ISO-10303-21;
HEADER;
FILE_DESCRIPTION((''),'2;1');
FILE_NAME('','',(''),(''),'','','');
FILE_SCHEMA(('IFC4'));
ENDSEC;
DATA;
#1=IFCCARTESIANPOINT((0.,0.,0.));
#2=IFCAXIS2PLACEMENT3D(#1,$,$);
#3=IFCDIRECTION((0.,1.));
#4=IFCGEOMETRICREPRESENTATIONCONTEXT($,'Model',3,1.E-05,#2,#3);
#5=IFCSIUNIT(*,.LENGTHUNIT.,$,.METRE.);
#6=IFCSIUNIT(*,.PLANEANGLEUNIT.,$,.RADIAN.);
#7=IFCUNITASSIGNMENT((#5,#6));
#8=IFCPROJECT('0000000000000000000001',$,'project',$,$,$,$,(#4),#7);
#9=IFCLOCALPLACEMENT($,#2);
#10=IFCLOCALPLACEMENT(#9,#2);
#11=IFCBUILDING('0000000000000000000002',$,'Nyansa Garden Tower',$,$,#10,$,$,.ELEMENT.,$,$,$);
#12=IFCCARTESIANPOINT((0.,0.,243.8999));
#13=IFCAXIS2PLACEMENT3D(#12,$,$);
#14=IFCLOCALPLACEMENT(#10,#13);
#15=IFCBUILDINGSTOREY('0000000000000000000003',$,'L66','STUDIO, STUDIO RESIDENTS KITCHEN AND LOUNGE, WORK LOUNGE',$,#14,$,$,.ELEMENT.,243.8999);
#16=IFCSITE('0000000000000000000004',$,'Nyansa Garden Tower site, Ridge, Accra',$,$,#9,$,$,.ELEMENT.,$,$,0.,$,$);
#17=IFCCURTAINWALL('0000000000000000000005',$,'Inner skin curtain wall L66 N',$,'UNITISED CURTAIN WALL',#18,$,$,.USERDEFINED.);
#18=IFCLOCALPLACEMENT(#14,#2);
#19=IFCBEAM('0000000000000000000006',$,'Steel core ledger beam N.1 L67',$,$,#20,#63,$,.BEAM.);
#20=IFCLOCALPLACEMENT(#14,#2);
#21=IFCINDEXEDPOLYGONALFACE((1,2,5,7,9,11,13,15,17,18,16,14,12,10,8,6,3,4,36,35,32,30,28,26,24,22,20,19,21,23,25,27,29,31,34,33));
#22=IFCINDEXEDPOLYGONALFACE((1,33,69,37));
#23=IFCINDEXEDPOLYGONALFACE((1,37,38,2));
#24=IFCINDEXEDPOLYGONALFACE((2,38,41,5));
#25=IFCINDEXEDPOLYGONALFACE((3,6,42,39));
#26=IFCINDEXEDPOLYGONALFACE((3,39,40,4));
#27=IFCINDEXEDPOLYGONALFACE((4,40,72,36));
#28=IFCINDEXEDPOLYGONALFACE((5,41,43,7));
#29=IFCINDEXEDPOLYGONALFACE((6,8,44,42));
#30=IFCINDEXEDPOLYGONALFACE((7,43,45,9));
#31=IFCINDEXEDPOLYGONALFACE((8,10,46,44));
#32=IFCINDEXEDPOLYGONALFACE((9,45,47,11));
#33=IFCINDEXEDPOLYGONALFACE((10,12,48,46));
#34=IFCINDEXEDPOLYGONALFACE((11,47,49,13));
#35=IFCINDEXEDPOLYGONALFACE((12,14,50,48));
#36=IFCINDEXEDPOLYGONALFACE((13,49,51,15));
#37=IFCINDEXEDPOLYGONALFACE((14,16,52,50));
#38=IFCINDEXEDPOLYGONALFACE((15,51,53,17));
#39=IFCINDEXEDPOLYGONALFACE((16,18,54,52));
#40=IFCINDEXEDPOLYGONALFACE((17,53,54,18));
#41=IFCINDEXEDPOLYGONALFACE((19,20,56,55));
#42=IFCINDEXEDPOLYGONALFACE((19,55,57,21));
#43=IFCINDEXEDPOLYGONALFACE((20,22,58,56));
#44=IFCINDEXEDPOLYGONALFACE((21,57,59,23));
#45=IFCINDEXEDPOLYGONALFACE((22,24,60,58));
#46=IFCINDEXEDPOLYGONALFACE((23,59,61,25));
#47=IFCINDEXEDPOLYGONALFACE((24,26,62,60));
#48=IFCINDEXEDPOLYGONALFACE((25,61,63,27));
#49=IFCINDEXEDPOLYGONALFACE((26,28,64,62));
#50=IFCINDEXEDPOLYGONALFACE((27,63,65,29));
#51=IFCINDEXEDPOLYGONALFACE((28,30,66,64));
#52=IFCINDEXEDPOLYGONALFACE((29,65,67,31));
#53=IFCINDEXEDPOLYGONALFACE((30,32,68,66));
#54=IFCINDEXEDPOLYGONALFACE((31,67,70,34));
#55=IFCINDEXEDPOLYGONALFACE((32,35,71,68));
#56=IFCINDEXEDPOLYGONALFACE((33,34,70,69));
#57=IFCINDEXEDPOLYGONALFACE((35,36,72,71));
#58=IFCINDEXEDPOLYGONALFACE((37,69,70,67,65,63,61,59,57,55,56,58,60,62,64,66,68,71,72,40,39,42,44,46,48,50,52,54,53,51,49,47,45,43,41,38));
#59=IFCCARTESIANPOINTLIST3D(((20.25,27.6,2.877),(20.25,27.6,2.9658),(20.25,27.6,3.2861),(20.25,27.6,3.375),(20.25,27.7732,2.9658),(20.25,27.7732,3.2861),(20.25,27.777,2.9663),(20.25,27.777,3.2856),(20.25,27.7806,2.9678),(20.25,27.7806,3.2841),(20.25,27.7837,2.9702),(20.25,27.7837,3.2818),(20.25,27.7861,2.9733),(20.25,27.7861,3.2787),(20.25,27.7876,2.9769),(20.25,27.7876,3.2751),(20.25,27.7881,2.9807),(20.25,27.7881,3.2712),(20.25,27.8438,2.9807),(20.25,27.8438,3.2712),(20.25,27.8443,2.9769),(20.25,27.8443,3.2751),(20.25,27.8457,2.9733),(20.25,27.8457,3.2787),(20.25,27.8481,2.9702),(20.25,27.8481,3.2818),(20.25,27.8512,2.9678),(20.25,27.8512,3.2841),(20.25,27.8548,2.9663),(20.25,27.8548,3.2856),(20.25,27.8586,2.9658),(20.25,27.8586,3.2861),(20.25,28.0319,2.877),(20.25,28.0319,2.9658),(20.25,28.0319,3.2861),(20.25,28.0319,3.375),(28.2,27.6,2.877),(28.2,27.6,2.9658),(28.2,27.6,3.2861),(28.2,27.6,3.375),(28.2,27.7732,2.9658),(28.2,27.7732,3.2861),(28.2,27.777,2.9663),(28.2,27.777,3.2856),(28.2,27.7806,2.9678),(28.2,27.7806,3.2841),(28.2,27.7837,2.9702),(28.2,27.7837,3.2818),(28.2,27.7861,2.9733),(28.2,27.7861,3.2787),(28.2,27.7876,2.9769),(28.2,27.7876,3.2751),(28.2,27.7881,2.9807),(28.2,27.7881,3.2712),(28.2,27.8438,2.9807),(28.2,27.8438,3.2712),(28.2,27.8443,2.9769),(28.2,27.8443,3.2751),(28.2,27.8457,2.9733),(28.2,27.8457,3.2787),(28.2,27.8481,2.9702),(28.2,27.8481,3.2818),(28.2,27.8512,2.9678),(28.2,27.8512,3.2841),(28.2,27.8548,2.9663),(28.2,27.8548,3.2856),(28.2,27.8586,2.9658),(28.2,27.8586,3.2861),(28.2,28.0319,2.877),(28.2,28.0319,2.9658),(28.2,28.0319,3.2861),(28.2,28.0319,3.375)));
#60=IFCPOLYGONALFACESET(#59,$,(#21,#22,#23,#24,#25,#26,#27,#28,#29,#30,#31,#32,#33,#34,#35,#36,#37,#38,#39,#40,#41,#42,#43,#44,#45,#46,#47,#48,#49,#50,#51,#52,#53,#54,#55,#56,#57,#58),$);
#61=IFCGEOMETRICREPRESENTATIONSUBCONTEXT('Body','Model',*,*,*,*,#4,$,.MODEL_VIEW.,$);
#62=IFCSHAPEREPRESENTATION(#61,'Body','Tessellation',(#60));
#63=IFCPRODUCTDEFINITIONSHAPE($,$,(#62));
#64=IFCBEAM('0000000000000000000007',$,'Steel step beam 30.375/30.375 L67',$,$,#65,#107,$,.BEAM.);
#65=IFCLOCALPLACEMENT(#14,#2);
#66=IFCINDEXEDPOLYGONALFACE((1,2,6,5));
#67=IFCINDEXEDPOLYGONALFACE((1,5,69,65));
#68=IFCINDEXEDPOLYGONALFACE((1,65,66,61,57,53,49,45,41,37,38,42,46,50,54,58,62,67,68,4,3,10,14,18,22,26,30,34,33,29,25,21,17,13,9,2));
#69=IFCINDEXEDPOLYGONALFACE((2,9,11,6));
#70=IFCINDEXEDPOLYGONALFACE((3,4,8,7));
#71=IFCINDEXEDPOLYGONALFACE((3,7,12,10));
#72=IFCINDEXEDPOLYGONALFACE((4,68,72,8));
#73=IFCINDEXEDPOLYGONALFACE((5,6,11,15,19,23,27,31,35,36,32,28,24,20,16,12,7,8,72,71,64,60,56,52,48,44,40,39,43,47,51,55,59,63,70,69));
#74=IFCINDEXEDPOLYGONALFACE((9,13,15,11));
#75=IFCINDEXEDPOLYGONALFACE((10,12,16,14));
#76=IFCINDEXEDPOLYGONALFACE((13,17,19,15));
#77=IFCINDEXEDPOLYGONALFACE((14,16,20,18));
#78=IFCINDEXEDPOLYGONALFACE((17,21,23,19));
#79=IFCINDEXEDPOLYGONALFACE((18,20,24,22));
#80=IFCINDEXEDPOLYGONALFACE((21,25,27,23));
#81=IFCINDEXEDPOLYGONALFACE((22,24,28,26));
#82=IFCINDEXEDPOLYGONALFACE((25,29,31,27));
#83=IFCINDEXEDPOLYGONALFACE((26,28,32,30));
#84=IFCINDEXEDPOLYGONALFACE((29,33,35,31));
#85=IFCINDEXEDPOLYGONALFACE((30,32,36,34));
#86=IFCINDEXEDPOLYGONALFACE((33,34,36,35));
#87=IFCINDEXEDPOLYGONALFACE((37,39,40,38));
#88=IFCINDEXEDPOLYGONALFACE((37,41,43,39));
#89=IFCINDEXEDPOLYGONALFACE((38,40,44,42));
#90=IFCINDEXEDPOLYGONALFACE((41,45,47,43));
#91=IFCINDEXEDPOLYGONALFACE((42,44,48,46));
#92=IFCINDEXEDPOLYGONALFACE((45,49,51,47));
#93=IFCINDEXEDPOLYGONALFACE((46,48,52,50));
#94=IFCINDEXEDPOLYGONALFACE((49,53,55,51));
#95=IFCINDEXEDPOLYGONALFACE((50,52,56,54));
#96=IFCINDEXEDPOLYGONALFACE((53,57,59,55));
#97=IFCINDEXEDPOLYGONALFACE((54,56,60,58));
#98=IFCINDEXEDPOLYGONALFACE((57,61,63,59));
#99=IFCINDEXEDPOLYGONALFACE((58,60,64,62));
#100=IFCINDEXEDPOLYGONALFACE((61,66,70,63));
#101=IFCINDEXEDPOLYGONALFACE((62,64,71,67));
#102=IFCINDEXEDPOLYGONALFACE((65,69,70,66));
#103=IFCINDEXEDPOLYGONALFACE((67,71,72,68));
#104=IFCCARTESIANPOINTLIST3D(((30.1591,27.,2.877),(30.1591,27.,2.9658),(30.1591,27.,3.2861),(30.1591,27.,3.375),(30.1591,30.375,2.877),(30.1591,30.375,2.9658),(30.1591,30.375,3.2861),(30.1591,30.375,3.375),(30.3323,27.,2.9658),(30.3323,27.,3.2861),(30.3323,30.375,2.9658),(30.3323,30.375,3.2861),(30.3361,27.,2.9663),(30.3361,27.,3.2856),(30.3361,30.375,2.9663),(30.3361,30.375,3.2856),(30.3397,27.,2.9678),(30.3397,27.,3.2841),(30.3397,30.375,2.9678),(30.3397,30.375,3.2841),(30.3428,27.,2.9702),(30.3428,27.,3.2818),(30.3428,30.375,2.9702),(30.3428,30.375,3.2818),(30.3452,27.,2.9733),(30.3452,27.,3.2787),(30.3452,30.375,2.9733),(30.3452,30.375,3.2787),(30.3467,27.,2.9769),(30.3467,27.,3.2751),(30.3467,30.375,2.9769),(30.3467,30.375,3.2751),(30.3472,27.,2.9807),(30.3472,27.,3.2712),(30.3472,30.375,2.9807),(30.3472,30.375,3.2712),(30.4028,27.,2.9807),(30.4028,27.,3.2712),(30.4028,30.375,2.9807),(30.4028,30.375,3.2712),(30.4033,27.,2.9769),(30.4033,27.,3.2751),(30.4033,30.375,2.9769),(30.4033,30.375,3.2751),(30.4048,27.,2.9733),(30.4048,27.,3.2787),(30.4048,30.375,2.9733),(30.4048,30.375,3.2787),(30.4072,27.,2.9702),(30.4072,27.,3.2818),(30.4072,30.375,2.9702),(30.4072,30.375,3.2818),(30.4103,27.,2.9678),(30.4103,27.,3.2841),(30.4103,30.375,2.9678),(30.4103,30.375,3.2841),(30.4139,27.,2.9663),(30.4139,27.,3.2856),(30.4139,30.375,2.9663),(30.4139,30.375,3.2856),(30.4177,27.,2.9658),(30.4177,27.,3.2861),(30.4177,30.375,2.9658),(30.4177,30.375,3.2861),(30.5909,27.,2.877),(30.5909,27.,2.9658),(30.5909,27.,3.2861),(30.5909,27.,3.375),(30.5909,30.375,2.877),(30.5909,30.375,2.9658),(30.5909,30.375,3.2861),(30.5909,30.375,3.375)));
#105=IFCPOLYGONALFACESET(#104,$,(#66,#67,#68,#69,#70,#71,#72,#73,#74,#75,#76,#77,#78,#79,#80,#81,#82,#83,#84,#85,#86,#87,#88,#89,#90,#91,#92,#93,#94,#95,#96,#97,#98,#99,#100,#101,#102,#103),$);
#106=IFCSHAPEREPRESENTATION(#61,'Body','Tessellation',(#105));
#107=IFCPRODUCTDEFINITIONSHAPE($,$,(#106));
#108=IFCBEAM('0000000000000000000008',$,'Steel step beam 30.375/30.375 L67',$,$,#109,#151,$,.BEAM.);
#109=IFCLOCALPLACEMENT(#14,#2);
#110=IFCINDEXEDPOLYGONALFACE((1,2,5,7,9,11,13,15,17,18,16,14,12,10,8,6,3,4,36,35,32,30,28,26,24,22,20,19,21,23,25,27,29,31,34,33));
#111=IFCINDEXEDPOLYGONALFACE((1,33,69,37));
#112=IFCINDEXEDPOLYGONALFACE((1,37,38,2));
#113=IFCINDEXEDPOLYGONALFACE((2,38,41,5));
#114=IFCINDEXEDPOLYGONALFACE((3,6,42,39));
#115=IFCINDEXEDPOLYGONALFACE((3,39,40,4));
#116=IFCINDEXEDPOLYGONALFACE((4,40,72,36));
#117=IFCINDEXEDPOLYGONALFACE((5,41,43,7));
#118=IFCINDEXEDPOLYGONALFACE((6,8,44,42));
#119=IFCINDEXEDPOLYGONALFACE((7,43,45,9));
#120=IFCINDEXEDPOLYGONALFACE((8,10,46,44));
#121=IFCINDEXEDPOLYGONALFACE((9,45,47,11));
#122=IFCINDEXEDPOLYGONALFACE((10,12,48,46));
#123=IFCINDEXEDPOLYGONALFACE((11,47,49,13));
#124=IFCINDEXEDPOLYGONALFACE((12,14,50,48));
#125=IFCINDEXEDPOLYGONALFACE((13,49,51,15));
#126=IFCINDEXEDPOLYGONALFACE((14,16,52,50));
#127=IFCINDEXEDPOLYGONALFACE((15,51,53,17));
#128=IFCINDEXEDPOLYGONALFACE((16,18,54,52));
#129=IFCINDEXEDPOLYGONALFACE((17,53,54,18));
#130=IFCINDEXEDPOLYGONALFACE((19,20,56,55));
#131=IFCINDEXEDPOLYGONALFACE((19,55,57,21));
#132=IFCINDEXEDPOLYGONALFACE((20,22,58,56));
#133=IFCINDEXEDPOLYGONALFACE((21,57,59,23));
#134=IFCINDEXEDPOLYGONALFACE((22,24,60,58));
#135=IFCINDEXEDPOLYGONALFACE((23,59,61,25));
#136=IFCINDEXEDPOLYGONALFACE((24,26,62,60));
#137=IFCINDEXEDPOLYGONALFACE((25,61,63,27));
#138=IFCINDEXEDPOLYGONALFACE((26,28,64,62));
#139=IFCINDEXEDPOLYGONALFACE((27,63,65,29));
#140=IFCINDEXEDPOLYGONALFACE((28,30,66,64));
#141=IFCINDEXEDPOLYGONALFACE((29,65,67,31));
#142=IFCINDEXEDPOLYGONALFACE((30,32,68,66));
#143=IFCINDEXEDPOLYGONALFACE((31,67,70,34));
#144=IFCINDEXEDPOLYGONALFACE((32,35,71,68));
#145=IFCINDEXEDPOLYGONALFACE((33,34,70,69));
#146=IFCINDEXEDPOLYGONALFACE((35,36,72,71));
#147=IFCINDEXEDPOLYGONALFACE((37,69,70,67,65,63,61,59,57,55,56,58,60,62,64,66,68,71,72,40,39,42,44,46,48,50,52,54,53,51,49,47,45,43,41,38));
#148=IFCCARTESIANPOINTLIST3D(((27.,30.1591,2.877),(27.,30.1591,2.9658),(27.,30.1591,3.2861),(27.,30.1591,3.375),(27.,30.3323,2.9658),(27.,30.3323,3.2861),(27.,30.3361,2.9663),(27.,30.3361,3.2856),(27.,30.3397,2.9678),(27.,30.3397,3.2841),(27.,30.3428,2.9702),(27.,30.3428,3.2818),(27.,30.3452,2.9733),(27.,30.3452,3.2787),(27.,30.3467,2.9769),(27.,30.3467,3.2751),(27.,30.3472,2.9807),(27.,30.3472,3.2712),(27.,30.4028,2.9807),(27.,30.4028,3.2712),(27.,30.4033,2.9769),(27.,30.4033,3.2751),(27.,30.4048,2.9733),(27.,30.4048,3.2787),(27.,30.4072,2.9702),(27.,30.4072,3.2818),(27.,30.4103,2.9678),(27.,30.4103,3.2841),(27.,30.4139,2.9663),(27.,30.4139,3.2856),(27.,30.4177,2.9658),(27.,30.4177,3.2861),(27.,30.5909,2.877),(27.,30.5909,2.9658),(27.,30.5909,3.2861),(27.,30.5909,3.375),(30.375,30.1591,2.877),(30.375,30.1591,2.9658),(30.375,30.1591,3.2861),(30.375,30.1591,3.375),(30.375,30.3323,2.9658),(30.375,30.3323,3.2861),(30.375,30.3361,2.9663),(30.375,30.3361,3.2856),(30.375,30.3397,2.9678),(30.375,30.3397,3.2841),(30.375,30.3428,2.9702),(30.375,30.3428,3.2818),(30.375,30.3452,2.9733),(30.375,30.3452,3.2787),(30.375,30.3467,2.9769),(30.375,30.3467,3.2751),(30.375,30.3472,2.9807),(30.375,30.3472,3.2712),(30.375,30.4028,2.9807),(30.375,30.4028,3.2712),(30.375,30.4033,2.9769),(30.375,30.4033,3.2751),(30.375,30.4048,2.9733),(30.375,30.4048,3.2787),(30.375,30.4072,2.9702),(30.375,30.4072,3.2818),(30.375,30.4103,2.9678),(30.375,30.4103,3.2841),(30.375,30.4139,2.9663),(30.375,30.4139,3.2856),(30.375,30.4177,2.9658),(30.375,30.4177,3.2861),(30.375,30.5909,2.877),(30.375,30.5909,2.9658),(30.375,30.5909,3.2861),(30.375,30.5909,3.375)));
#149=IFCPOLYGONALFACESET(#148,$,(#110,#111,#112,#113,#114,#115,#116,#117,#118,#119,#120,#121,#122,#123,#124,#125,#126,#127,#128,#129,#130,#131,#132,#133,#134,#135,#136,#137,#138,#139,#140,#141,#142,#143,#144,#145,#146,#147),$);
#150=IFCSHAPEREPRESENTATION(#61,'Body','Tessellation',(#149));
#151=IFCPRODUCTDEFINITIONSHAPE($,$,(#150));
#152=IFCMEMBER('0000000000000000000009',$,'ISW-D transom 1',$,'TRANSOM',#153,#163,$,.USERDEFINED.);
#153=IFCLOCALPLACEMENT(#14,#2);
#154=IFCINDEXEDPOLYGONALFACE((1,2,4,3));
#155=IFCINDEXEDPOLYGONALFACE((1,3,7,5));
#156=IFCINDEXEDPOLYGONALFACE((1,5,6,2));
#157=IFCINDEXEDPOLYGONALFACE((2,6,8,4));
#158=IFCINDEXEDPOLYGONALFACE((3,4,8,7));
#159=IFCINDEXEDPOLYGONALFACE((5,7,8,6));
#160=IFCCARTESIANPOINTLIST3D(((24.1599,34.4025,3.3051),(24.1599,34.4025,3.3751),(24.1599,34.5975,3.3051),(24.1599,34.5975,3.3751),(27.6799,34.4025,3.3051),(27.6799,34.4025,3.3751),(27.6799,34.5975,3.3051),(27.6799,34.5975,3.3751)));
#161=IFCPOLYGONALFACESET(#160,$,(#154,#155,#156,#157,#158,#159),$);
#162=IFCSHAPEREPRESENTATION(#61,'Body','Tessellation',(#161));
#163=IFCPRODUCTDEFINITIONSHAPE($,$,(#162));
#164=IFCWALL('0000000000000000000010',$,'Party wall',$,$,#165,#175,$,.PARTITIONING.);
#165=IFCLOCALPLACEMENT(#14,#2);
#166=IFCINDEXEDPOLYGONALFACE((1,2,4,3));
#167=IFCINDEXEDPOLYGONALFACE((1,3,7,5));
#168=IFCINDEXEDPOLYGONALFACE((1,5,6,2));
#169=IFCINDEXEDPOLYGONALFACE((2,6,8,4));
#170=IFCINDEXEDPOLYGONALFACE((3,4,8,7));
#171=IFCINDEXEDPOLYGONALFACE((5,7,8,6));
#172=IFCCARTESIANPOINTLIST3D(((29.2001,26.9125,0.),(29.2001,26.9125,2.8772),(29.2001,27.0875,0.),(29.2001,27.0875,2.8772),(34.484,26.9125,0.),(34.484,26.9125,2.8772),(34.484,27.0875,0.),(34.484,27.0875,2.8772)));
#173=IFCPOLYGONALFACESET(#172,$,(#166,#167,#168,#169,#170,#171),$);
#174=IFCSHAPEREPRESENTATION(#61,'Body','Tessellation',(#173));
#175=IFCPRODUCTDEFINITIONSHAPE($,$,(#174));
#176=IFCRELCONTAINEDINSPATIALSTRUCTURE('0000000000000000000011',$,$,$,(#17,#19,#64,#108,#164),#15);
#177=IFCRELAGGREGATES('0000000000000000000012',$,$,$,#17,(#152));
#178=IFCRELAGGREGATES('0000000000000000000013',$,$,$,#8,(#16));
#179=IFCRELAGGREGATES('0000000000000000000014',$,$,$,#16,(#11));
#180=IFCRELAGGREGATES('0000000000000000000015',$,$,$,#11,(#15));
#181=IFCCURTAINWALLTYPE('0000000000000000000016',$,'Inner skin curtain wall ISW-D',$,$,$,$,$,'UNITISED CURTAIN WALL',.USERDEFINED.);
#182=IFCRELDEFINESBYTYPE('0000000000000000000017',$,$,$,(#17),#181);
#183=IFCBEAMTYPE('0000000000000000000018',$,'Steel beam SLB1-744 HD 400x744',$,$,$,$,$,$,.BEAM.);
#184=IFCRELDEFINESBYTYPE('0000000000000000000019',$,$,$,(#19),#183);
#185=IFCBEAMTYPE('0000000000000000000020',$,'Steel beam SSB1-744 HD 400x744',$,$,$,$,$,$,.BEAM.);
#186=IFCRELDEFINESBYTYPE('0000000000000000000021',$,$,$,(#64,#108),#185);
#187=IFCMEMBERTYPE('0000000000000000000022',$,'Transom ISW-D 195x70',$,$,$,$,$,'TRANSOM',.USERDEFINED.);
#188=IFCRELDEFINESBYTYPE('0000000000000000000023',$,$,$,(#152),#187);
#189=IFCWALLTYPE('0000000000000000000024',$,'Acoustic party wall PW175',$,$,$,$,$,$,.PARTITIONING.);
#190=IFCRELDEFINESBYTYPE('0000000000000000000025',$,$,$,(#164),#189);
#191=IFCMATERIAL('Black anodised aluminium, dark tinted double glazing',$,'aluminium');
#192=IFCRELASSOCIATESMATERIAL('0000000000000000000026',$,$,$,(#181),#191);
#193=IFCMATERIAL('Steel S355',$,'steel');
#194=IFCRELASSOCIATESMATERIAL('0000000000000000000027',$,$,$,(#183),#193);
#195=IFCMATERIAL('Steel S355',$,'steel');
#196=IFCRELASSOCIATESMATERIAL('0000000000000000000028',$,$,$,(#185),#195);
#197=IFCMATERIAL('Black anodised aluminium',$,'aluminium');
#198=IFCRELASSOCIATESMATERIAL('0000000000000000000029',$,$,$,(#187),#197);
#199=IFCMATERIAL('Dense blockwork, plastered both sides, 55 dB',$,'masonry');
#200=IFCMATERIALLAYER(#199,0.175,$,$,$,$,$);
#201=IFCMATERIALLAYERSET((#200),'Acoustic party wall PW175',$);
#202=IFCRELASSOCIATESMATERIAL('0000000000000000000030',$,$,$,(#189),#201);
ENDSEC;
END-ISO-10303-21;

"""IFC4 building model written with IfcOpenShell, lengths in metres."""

from ifc_helpers import new_model, si_unit, direction, frame, frame_2d, origin, origin_2d, place, context, subcontext, project, spatial, rectangle, i_section, extrude, material, layer, layer_set, material_profile, profile_set, type_object, element, aggregate, save


model = new_model("IFC4")

# Units and contexts
model_context = context("Model", 3, precision=1e-05, world=origin(), true_north=direction((0.0, 1.0)))
body_context = subcontext(model_context, "Body", "Model", "MODEL_VIEW")
ifc_project = project(units=[si_unit("LENGTHUNIT", "METRE"), si_unit("PLANEANGLEUNIT", "RADIAN")], contexts=[model_context])

# Site, building, storey
site_placement = place(None, origin())
site = spatial("IfcSite", under=ifc_project, at=site_placement, Name="Nyansa Garden Tower site, Ridge, Accra", CompositionType="ELEMENT", RefElevation=0.0)
building_placement = place(site_placement, origin())
building = spatial("IfcBuilding", under=site, at=building_placement, Name="Nyansa Garden Tower", CompositionType="ELEMENT")
storey_placement = place(building_placement, frame((0.0, 0.0, 243.8999)))
storey = spatial("IfcBuildingStorey", under=building, at=storey_placement, Name="L66", Description="STUDIO, STUDIO RESIDENTS KITCHEN AND LOUNGE, WORK LOUNGE", CompositionType="ELEMENT", Elevation=243.8999)

# Curtain wall
ifc_material_1 = material(Name="Black anodised aluminium, dark tinted double glazing", Category="aluminium")
curtain_wall_type = type_object("IfcCurtainWallType", Name="Inner skin curtain wall ISW-D", ElementType="UNITISED CURTAIN WALL", PredefinedType="USERDEFINED", material=ifc_material_1)
curtain_wall_1_placement = place(storey_placement, origin())
curtain_wall_1 = element("IfcCurtainWall", 1, at=curtain_wall_1_placement, inside=storey, type_object=curtain_wall_type, Name="Inner skin curtain wall L66 N", ObjectType="UNITISED CURTAIN WALL", PredefinedType="USERDEFINED")

# Beams
ifc_material_2 = material(Name="Steel S355", Category="steel")
ifc_material_profile_1 = material_profile(ifc_material_2, i_section(OverallWidth=0.4319, OverallDepth=0.498, WebThickness=0.0557, FlangeThickness=0.0889, FilletRadius=0.0149, at=origin_2d()), Name="HD 400x744")
ifc_profile_set_1 = profile_set([ifc_material_profile_1], Name="Steel S355")
beam_type_1 = type_object("IfcBeamType", Name="Steel beam SLB1-744 HD 400x744", PredefinedType="BEAM", material=ifc_profile_set_1)
beam_1_placement = place(storey_placement, frame((28.2, 27.8159, 3.126), z_axis=(-1.0, 0.0, 0.0), x_axis=(0.0, -1.0, 0.0)))
element("IfcBeam", 2, at=beam_1_placement, inside=storey, type_object=beam_type_1, Name="Steel core ledger beam N.1 L67", PredefinedType="BEAM", context=body_context, shape_type="SweptSolid", body=[
    extrude(i_section(OverallWidth=0.4319, OverallDepth=0.498, WebThickness=0.0557, FlangeThickness=0.0889, FilletRadius=0.0149, at=origin_2d()), origin(), (0.0, 0.0, 1.0), 7.95),
])
ifc_material_3 = material(Name="Steel S355", Category="steel")
ifc_material_profile_2 = material_profile(ifc_material_3, i_section(OverallWidth=0.4319, OverallDepth=0.498, WebThickness=0.0557, FlangeThickness=0.0889, FilletRadius=0.0149, at=origin_2d()), Name="HD 400x744")
ifc_profile_set_2 = profile_set([ifc_material_profile_2], Name="Steel S355")
beam_type_2 = type_object("IfcBeamType", Name="Steel beam SSB1-744 HD 400x744", PredefinedType="BEAM", material=ifc_profile_set_2)
for number, where, z_axis, x_axis, name in (
    (3, (30.375, 30.375, 3.126), (0.0, -1.0, 0.0), (1.0, 0.0, 0.0), "Steel step beam 30.375/30.375 L67"),
    (4, (30.375, 30.375, 3.126), (-1.0, 0.0, 0.0), (0.0, -1.0, 0.0), "Steel step beam 30.375/30.375 L67"),
):
    element("IfcBeam", number, at=place(storey_placement, frame(where, z_axis=z_axis, x_axis=x_axis)), inside=storey, type_object=beam_type_2, Name=name, PredefinedType="BEAM", context=body_context, shape_type="SweptSolid", body=[
        extrude(i_section(OverallWidth=0.4319, OverallDepth=0.498, WebThickness=0.0557, FlangeThickness=0.0889, FilletRadius=0.0149, at=origin_2d()), origin(), (0.0, 0.0, 1.0), 3.375),
    ])

# Member
ifc_material_4 = material(Name="Black anodised aluminium", Category="aluminium")
ifc_material_profile_3 = material_profile(ifc_material_4, rectangle(XDim=0.1951, YDim=0.0701, at=origin_2d()), Name="Transom 195x70")
ifc_profile_set_3 = profile_set([ifc_material_profile_3], Name="Black anodised aluminium")
member_type_1 = type_object("IfcMemberType", Name="Transom ISW-D 195x70", ElementType="TRANSOM", PredefinedType="USERDEFINED", material=ifc_profile_set_3)
member_1_placement = place(storey_placement, frame((27.6799, 34.5, 3.3401), z_axis=(-1.0, 0.0, 0.0), x_axis=(0.0, -1.0, 0.0)))
member_1 = element("IfcMember", 5, at=member_1_placement, type_object=member_type_1, Name="ISW-D transom 1", ObjectType="TRANSOM", PredefinedType="USERDEFINED", context=body_context, shape_type="SweptSolid", body=[
    extrude(rectangle(XDim=0.1951, YDim=0.0701, at=origin_2d()), origin(), (0.0, 0.0, 1.0), 3.52),
])
aggregate(curtain_wall_1, [member_1])

# Wall
ifc_material_5 = material(Name="Dense blockwork, plastered both sides, 55 dB", Category="masonry")
ifc_layer_1 = layer(ifc_material_5, 0.175)
ifc_layer_set_1 = layer_set([ifc_layer_1], Name="Acoustic party wall PW175")
wall_type_1 = type_object("IfcWallType", Name="Acoustic party wall PW175", PredefinedType="PARTITIONING", material=ifc_layer_set_1)
wall_1_placement = place(storey_placement, frame((29.2, 27.0, 0.0), z_axis=(0.0, 0.0, 1.0), x_axis=(1.0, 0.0, 0.0)))
element("IfcWall", 6, at=wall_1_placement, inside=storey, type_object=wall_type_1, Name="Party wall", PredefinedType="PARTITIONING", context=body_context, shape_type="SweptSolid", body=[
    extrude(rectangle(XDim=5.2839, YDim=0.175, at=frame_2d((2.6421, 0.0))), origin(), (0.0, 0.0, 1.0), 2.8772),
])

save(model, "model.ifc")
